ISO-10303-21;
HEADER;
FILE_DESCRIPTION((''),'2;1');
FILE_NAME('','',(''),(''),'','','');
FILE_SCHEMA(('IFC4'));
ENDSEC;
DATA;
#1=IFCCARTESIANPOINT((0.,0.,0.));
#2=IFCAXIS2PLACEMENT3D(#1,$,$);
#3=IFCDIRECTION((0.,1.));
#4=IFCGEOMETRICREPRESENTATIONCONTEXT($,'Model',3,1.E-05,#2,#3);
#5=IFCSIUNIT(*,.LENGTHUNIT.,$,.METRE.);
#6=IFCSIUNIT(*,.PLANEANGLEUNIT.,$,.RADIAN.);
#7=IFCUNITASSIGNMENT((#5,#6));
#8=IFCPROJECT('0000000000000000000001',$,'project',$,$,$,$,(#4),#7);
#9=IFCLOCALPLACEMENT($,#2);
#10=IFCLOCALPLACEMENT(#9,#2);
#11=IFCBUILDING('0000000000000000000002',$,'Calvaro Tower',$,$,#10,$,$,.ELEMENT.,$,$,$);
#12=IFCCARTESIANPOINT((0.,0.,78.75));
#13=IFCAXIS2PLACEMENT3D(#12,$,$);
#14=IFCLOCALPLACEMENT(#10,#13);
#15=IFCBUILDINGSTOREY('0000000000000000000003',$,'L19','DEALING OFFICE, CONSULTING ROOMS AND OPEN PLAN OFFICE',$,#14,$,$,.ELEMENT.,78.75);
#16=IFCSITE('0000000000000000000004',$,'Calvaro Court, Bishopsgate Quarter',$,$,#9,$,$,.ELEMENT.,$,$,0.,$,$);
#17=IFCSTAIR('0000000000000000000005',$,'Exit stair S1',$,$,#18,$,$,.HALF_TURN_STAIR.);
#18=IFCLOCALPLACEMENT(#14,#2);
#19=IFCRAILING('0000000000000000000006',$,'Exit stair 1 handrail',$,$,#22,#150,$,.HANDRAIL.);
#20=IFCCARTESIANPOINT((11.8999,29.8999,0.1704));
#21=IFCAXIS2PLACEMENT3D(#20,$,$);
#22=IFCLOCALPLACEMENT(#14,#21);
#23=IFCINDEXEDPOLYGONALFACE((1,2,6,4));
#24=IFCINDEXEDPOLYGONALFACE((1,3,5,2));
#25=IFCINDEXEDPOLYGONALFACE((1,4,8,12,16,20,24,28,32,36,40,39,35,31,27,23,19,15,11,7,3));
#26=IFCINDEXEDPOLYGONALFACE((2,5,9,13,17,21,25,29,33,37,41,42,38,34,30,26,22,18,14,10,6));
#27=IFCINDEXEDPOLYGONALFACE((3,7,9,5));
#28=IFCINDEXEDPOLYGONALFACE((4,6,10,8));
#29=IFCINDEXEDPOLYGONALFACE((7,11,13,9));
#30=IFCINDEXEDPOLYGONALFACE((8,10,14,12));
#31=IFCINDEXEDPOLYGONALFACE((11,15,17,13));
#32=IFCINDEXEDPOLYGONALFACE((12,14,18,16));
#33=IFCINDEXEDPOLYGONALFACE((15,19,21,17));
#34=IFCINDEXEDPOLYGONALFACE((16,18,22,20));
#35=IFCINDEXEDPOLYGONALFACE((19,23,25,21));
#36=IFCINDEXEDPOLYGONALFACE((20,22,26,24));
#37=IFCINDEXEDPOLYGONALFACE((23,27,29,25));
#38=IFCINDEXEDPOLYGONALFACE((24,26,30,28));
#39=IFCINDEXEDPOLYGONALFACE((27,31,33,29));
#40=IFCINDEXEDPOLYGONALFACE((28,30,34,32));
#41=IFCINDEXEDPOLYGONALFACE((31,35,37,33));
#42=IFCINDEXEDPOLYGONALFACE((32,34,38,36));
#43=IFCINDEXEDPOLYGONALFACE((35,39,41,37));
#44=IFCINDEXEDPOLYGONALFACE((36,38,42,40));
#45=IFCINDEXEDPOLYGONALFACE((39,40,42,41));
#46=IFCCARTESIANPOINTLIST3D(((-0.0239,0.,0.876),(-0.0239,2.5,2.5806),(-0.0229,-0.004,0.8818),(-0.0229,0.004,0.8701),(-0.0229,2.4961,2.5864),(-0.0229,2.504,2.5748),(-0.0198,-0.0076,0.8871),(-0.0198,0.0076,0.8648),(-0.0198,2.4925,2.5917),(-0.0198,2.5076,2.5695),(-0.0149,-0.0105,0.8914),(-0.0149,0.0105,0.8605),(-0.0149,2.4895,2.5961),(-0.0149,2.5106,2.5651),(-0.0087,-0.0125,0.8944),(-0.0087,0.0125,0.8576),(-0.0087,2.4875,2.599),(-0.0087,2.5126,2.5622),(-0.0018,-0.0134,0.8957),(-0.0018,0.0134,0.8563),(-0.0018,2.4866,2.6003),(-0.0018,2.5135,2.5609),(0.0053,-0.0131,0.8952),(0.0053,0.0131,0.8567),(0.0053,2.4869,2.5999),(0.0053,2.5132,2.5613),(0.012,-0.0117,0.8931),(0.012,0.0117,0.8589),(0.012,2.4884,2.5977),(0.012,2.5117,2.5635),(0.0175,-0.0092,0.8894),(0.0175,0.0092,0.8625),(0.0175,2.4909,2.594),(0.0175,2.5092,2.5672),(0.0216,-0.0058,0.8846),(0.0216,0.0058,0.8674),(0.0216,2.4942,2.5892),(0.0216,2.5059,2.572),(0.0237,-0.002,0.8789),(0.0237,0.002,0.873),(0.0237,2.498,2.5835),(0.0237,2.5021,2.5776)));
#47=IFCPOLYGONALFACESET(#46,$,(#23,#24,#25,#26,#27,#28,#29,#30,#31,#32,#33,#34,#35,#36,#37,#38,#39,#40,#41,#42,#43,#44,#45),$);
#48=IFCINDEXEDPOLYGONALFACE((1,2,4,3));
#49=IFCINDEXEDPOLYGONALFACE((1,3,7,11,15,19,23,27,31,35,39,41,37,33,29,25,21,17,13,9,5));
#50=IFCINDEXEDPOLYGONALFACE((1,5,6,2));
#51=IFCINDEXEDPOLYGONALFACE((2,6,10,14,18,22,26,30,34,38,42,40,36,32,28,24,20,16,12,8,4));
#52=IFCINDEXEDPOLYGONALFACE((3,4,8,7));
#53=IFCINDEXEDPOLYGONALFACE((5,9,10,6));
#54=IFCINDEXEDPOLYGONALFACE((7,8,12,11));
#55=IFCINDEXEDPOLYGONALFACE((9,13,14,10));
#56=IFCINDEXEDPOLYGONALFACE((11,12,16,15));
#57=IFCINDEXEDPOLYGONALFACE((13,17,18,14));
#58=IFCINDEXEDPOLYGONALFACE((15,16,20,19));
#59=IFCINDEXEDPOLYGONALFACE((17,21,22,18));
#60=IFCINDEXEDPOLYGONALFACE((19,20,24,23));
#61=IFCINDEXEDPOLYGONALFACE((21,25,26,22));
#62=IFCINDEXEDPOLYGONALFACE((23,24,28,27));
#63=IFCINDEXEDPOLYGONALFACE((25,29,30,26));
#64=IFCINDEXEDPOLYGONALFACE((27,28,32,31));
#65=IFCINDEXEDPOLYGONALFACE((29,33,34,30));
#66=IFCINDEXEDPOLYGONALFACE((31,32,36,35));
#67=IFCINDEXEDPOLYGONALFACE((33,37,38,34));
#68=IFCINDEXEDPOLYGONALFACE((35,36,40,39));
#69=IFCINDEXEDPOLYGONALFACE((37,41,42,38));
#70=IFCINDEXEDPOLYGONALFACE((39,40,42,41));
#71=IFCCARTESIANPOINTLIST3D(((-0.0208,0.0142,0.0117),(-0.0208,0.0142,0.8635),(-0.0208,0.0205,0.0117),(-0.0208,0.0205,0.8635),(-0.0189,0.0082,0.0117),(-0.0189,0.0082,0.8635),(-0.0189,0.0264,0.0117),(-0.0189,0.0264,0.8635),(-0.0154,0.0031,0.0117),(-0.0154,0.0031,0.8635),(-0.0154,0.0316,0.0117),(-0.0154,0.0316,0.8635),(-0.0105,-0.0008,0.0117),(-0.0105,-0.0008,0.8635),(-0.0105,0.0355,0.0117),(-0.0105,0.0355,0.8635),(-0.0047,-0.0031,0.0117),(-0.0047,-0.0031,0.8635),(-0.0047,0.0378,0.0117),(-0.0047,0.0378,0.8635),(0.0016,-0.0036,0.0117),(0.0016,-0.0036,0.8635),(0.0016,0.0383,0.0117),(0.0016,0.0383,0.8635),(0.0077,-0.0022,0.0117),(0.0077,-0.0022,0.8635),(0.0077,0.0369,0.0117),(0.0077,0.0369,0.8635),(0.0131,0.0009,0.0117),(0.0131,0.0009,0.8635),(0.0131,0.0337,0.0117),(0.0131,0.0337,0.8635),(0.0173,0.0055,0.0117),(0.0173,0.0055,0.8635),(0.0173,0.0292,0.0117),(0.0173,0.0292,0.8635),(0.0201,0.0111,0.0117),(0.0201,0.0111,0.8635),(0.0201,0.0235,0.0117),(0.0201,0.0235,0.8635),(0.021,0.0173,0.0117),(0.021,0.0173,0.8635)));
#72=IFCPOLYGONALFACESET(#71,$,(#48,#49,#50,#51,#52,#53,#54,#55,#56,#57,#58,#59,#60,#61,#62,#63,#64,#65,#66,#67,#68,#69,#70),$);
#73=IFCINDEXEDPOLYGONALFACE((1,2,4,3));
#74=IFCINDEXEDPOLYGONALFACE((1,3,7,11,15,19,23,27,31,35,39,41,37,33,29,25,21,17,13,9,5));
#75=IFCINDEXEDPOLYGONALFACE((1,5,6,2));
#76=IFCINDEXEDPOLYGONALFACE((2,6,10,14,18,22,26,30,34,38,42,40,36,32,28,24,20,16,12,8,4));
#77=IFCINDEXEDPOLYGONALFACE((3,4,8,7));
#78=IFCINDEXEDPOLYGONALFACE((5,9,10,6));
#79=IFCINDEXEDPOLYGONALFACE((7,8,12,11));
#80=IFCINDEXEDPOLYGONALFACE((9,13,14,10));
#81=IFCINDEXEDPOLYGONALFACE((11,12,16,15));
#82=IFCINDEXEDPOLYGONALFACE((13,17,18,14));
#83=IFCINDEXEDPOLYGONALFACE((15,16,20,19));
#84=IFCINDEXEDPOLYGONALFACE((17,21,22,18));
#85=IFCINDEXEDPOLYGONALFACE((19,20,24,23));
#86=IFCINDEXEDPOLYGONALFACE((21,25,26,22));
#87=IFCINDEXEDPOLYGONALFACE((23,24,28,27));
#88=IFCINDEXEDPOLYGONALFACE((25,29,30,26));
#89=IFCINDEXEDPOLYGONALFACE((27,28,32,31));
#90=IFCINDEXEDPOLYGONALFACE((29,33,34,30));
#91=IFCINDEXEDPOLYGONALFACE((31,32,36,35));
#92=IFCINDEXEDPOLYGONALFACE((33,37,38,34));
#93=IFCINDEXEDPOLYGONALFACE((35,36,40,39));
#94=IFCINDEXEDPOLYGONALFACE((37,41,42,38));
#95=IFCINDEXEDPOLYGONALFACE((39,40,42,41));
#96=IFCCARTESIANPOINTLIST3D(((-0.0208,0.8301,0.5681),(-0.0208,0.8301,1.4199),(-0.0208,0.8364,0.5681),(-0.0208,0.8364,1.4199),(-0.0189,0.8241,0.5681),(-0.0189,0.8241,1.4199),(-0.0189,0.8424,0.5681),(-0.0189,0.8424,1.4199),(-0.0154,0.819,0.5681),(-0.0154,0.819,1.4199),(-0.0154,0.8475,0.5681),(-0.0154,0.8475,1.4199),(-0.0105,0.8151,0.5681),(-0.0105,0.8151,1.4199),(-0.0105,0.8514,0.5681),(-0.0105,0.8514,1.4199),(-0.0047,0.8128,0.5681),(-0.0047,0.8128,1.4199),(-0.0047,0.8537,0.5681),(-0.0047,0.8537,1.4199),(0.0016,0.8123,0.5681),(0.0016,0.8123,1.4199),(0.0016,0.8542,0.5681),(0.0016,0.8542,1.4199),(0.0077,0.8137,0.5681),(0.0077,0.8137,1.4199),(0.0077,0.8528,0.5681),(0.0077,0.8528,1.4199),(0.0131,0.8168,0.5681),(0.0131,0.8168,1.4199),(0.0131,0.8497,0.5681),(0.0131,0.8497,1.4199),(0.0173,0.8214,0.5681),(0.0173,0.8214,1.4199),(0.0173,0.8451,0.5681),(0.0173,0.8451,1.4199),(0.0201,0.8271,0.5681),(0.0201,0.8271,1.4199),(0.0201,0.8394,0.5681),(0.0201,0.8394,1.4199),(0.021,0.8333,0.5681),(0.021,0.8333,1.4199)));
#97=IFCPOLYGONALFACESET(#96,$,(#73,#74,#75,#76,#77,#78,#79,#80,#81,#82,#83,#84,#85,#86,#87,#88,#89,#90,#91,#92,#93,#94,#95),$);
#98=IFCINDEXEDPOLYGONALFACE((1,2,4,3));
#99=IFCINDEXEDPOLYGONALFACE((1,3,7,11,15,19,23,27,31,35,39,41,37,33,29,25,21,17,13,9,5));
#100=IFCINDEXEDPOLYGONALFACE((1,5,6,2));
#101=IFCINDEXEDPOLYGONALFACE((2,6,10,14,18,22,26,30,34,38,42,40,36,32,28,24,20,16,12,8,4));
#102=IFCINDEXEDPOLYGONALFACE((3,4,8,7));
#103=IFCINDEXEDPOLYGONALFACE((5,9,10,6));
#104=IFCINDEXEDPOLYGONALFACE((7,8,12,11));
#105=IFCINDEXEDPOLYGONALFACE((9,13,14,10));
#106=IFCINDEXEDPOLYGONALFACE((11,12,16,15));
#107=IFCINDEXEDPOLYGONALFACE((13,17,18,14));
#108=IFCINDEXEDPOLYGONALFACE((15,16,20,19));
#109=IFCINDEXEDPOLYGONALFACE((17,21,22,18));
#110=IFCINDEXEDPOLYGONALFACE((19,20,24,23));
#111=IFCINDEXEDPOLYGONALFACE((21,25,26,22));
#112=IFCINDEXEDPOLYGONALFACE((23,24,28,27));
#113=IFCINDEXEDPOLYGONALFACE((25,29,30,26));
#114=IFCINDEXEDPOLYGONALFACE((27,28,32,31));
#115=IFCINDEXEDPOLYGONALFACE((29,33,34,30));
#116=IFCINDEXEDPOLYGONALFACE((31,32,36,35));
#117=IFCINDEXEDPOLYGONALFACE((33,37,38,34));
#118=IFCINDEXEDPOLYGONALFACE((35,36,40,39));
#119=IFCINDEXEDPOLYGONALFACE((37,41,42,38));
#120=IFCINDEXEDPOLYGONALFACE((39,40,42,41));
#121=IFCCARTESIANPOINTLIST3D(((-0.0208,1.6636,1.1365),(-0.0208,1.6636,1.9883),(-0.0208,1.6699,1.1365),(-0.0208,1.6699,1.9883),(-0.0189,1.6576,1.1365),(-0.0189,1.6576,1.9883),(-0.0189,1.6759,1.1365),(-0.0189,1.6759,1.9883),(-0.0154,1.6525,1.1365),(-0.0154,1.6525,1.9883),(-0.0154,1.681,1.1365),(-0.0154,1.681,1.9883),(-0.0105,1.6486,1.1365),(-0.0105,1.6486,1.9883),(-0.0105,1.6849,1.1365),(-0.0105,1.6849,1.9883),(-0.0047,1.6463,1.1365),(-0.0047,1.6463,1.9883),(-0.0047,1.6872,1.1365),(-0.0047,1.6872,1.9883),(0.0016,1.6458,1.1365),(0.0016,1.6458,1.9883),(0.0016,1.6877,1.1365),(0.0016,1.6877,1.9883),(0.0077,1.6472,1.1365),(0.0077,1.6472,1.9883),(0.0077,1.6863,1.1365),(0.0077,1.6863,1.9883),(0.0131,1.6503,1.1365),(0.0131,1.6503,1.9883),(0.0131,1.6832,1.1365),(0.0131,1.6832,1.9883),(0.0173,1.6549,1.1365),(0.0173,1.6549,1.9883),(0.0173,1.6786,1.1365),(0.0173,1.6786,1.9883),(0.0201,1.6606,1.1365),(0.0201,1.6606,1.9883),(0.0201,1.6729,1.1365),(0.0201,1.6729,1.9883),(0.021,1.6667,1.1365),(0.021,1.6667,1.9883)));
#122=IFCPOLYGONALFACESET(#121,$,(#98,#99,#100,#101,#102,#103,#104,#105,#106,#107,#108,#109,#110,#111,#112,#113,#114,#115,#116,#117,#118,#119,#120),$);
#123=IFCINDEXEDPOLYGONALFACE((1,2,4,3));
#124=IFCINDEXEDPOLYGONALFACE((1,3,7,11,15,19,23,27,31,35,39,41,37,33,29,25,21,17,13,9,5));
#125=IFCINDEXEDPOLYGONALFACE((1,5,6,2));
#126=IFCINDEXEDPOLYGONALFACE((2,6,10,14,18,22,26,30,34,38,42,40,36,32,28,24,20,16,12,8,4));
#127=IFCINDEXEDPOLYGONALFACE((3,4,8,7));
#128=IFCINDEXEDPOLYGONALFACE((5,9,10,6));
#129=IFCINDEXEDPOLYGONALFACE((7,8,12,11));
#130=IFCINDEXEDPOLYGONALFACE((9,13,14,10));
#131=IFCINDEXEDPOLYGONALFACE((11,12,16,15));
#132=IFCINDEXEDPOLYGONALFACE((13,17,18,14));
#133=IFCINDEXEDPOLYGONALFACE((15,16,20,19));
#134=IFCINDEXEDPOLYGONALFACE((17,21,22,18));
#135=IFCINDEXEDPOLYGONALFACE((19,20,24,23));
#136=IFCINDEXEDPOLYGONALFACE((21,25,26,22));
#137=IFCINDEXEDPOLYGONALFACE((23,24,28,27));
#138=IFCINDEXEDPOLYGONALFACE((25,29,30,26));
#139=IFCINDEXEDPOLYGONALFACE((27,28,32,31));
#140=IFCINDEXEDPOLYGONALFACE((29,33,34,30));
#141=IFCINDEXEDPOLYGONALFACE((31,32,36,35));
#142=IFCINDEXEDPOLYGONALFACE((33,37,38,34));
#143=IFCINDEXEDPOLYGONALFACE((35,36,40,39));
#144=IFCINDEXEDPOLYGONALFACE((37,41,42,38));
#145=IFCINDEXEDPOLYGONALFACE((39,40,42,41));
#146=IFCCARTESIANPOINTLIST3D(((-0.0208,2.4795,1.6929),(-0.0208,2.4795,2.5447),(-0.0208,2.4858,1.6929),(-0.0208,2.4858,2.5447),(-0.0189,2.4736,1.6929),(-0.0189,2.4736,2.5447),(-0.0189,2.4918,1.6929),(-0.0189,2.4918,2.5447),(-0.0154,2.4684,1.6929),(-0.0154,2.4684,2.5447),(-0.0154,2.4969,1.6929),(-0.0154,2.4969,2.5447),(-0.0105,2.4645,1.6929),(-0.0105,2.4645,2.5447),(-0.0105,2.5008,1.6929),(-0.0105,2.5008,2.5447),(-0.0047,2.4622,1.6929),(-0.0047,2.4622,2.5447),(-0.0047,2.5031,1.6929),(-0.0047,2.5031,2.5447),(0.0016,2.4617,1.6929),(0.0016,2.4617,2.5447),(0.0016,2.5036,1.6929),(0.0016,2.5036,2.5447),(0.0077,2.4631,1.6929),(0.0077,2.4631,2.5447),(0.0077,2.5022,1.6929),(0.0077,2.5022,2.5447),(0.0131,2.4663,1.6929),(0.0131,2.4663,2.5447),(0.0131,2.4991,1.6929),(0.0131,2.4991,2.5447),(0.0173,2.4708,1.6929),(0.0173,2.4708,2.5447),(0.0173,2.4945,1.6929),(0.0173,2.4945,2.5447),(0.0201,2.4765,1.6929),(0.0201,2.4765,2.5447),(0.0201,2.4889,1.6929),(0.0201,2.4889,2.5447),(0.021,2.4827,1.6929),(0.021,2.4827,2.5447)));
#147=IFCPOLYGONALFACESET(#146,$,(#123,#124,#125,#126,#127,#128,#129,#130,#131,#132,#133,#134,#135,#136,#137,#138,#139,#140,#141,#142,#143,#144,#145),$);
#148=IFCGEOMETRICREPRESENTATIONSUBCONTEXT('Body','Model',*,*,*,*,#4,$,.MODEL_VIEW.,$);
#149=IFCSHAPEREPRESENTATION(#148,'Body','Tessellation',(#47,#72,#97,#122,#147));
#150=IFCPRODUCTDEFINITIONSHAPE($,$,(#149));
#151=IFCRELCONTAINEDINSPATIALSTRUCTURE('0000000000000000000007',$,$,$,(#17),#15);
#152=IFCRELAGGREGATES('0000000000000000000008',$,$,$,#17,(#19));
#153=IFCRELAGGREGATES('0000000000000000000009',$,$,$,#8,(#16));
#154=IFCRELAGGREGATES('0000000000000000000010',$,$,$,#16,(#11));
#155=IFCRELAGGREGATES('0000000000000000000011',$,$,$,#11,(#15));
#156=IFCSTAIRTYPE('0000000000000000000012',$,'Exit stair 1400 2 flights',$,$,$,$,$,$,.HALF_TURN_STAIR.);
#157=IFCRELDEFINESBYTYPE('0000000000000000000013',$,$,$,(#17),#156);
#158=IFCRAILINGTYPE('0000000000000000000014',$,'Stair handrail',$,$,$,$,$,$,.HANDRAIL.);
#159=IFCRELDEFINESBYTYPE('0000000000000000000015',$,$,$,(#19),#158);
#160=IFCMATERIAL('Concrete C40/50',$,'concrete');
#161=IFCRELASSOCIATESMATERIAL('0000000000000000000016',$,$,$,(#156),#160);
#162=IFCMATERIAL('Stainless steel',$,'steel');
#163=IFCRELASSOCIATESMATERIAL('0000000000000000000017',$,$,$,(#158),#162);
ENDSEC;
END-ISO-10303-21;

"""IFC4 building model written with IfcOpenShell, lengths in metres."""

from ifc_helpers import new_model, si_unit, direction, frame, origin, origin_2d, place, context, subcontext, project, spatial, circle, extrude, material, type_object, element, aggregate, save


model = new_model("IFC4")

# Units and contexts
model_context = context("Model", 3, precision=1e-05, world=origin(), true_north=direction((0.0, 1.0)))
body_context = subcontext(model_context, "Body", "Model", "MODEL_VIEW")
ifc_project = project(units=[si_unit("LENGTHUNIT", "METRE"), si_unit("PLANEANGLEUNIT", "RADIAN")], contexts=[model_context])

# Site, building, storey
site_placement = place(None, origin())
site = spatial("IfcSite", under=ifc_project, at=site_placement, Name="Calvaro Court, Bishopsgate Quarter", CompositionType="ELEMENT", RefElevation=0.0)
building_placement = place(site_placement, origin())
building = spatial("IfcBuilding", under=site, at=building_placement, Name="Calvaro Tower", CompositionType="ELEMENT")
storey_placement = place(building_placement, frame((0.0, 0.0, 78.75)))
storey = spatial("IfcBuildingStorey", under=building, at=storey_placement, Name="L19", Description="DEALING OFFICE, CONSULTING ROOMS AND OPEN PLAN OFFICE", CompositionType="ELEMENT", Elevation=78.75)

# Stair, railing
ifc_material_1 = material(Name="Concrete C40/50", Category="concrete")
stair_type = type_object("IfcStairType", Name="Exit stair 1400 2 flights", PredefinedType="HALF_TURN_STAIR", material=ifc_material_1)
stair_placement = place(storey_placement, origin())
stair = element("IfcStair", 1, at=stair_placement, inside=storey, type_object=stair_type, Name="Exit stair S1", PredefinedType="HALF_TURN_STAIR")
ifc_material_2 = material(Name="Stainless steel", Category="steel")
railing_type = type_object("IfcRailingType", Name="Stair handrail", PredefinedType="HANDRAIL", material=ifc_material_2)
railing_1_placement = place(storey_placement, frame((11.8999, 29.8999, 0.1704)))
railing_1 = element("IfcRailing", 2, at=railing_1_placement, type_object=railing_type, Name="Exit stair 1 handrail", PredefinedType="HANDRAIL", context=body_context, shape_type="SweptSolid", body=[
    extrude(circle(Radius=0.0239, at=origin_2d()), frame((0.0, 0.0, 0.876), z_axis=(0.0, 0.826221, 0.563347), x_axis=(-1.0, 0.0, 0.0)), (0.0, 0.0, 1.0), 3.0259),
    extrude(circle(Radius=0.021, at=origin_2d()), frame((0.0, 0.0173, 0.0117)), (0.0, 0.0, 1.0), 0.8518),
    extrude(circle(Radius=0.021, at=origin_2d()), frame((0.0, 0.8333, 0.5681)), (0.0, 0.0, 1.0), 0.8518),
    extrude(circle(Radius=0.021, at=origin_2d()), frame((0.0, 1.6667, 1.1365)), (0.0, 0.0, 1.0), 0.8518),
    extrude(circle(Radius=0.021, at=origin_2d()), frame((0.0, 2.4827, 1.6929)), (0.0, 0.0, 1.0), 0.8518),
])
aggregate(stair, [railing_1])

save(model, "model.ifc")
